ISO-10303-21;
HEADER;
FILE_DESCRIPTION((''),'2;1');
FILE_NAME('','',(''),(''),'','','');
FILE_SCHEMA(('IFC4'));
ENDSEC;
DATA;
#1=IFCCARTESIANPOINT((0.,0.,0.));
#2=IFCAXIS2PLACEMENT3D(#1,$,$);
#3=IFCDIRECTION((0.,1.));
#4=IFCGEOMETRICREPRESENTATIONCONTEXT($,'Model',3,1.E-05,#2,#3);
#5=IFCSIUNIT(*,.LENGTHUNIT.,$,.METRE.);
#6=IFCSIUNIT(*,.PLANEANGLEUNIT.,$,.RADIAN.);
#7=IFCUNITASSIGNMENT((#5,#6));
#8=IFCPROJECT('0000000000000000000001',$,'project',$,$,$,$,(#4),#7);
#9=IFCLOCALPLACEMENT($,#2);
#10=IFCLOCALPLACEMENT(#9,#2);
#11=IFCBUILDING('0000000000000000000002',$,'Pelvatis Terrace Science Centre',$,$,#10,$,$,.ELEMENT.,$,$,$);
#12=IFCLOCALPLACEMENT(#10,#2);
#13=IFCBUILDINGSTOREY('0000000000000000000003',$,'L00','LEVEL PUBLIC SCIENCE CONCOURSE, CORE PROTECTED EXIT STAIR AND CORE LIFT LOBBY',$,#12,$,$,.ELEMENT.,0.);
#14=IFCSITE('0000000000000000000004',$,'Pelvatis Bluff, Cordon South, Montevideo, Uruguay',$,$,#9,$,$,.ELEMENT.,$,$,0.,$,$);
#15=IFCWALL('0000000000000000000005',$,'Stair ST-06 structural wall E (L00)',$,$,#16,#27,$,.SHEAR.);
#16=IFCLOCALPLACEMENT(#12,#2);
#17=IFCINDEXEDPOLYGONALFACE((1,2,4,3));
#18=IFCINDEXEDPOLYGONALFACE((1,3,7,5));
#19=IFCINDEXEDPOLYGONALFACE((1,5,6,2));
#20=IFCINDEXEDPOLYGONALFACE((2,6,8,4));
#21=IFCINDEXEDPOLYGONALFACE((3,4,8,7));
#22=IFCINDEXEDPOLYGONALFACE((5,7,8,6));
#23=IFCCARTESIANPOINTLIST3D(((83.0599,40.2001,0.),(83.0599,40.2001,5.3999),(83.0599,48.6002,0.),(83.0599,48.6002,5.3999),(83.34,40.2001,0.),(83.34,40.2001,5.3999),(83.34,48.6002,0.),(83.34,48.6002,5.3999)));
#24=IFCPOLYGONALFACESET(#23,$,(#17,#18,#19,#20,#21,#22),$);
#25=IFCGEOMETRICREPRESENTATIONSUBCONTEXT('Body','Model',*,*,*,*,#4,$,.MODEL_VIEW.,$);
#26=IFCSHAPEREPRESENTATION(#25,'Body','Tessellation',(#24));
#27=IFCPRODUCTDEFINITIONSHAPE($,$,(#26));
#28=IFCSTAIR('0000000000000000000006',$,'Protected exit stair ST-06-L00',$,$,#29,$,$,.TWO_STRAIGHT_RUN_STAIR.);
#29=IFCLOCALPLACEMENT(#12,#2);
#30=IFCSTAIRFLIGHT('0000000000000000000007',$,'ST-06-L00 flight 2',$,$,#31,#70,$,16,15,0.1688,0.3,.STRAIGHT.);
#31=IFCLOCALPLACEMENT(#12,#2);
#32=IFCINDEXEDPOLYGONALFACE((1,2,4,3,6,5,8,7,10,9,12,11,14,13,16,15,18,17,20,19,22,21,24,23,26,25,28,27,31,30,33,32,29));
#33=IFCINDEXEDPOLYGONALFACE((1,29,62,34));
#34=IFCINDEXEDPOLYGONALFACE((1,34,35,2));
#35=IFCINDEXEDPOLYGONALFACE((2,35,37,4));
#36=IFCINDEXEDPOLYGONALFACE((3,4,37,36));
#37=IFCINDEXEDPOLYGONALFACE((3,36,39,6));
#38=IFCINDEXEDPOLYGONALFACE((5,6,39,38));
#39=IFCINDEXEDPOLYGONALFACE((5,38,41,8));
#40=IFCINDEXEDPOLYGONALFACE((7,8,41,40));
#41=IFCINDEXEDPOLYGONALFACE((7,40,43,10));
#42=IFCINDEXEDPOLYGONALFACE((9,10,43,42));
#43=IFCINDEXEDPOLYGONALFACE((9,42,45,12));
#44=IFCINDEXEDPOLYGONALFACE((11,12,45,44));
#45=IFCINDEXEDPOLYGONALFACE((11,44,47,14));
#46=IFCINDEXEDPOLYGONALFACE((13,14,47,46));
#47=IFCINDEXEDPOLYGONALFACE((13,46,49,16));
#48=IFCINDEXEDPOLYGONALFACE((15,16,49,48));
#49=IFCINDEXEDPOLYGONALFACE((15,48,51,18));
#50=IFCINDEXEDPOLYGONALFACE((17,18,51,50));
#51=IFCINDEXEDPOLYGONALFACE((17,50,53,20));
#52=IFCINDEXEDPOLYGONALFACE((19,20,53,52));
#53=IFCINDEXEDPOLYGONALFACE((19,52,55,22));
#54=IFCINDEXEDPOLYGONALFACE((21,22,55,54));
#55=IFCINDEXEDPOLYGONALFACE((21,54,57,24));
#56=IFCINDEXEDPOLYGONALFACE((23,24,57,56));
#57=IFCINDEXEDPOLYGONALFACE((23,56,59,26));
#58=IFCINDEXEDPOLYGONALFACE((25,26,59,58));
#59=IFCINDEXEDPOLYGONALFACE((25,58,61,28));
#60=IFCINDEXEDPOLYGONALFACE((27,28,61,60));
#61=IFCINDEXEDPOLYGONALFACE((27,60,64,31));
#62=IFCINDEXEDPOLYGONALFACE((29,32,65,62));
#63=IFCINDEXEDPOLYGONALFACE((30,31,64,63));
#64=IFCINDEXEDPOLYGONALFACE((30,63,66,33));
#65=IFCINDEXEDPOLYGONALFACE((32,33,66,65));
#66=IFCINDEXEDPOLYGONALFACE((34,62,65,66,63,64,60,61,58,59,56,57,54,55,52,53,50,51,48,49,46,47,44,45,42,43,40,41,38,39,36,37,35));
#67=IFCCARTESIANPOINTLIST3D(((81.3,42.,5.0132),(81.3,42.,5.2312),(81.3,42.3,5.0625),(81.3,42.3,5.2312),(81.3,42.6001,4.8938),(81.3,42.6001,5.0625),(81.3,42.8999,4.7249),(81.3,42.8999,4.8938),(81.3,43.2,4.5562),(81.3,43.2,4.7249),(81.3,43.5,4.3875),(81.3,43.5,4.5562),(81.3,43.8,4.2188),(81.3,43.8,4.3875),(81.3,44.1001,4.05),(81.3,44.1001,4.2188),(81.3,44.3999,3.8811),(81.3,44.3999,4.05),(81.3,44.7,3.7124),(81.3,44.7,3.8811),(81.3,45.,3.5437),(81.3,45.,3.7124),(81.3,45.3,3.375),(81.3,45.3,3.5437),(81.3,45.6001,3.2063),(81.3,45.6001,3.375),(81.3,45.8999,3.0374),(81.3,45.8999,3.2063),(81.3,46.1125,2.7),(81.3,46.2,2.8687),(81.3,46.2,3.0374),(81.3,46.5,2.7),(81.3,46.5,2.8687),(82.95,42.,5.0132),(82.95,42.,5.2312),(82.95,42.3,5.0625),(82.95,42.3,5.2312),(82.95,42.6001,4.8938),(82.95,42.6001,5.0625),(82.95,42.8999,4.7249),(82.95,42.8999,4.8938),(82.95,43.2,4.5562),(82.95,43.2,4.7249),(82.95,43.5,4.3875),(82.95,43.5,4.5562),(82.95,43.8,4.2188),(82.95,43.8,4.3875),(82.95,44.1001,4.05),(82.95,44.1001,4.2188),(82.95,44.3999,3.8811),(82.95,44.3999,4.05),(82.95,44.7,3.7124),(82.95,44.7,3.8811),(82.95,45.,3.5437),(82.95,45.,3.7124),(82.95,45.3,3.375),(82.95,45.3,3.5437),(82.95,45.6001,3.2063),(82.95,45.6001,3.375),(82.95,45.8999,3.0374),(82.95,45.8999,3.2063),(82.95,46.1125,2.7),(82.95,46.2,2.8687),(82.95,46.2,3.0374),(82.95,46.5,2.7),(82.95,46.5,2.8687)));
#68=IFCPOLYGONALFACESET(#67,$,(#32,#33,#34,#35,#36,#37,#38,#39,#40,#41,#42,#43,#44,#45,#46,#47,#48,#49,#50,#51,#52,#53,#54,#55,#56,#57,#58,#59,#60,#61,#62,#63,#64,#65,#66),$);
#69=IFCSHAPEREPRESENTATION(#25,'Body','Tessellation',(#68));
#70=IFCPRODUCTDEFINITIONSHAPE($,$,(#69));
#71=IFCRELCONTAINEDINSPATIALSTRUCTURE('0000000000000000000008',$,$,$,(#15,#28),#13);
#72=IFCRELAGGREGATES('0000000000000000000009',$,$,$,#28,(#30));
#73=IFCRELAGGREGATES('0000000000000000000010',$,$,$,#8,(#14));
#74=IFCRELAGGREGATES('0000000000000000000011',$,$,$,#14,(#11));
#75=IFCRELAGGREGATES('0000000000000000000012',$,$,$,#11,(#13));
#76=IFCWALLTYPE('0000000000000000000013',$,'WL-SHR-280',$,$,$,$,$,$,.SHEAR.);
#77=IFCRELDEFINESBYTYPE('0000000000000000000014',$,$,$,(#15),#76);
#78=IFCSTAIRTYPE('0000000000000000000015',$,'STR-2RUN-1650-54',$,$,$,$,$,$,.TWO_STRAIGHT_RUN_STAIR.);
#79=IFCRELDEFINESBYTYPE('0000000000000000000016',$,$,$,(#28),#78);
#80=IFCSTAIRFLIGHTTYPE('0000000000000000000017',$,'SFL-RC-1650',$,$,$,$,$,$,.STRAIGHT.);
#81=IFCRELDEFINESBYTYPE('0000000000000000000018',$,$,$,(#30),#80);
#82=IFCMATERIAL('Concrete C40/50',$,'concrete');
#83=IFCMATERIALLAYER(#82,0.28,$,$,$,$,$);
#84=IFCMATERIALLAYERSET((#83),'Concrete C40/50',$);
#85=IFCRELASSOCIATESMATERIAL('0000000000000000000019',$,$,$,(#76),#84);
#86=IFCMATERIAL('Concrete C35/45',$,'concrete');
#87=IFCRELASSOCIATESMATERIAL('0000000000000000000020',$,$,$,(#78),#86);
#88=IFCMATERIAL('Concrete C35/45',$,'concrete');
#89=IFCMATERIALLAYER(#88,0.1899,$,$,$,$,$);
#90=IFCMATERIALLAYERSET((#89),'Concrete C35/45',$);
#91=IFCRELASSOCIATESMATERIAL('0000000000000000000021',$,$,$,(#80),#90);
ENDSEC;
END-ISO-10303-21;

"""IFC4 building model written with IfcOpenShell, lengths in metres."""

from ifc_helpers import new_model, si_unit, direction, frame, frame_2d, origin, place, context, subcontext, project, spatial, polyline, rectangle, outline, extrude, material, layer, layer_set, type_object, element, aggregate, save


model = new_model("IFC4")

# Units and contexts
model_context = context("Model", 3, precision=1e-05, world=origin(), true_north=direction((0.0, 1.0)))
body_context = subcontext(model_context, "Body", "Model", "MODEL_VIEW")
ifc_project = project(units=[si_unit("LENGTHUNIT", "METRE"), si_unit("PLANEANGLEUNIT", "RADIAN")], contexts=[model_context])

# Site, building, storey
site_placement = place(None, origin())
site = spatial("IfcSite", under=ifc_project, at=site_placement, Name="Pelvatis Bluff, Cordon South, Montevideo, Uruguay", CompositionType="ELEMENT", RefElevation=0.0)
building_placement = place(site_placement, origin())
building = spatial("IfcBuilding", under=site, at=building_placement, Name="Pelvatis Terrace Science Centre", CompositionType="ELEMENT")
storey_placement = place(building_placement, origin())
storey = spatial("IfcBuildingStorey", under=building, at=storey_placement, Name="L00", Description="LEVEL PUBLIC SCIENCE CONCOURSE, CORE PROTECTED EXIT STAIR AND CORE LIFT LOBBY", CompositionType="ELEMENT", Elevation=0.0)

# Wall
ifc_material_1 = material(Name="Concrete C40/50", Category="concrete")
ifc_layer_1 = layer(ifc_material_1, 0.28)
ifc_layer_set_1 = layer_set([ifc_layer_1], Name="Concrete C40/50")
wall_type = type_object("IfcWallType", Name="WL-SHR-280", PredefinedType="SHEAR", material=ifc_layer_set_1)
wall_placement = place(storey_placement, frame((83.2, 40.2, 0.0), z_axis=(0.0, 0.0, 1.0), x_axis=(0.0, 1.0, 0.0)))
element("IfcWall", 1, at=wall_placement, inside=storey, type_object=wall_type, Name="Stair ST-06 structural wall E (L00)", PredefinedType="SHEAR", context=body_context, shape_type="SweptSolid", body=[
    extrude(rectangle(XDim=8.4001, YDim=0.28, at=frame_2d((4.2002, 0.0))), origin(), (0.0, 0.0, 1.0), 5.3999),
])

# Stair, stair flight
ifc_material_2 = material(Name="Concrete C35/45", Category="concrete")
stair_type = type_object("IfcStairType", Name="STR-2RUN-1650-54", PredefinedType="TWO_STRAIGHT_RUN_STAIR", material=ifc_material_2)
stair_placement = place(storey_placement, origin())
stair = element("IfcStair", 2, at=stair_placement, inside=storey, type_object=stair_type, Name="Protected exit stair ST-06-L00", PredefinedType="TWO_STRAIGHT_RUN_STAIR")
ifc_material_3 = material(Name="Concrete C35/45", Category="concrete")
ifc_layer_2 = layer(ifc_material_3, 0.1899)
ifc_layer_set_2 = layer_set([ifc_layer_2], Name="Concrete C35/45")
stair_flight_type = type_object("IfcStairFlightType", Name="SFL-RC-1650", PredefinedType="STRAIGHT", material=ifc_layer_set_2)
stair_flight_placement = place(storey_placement, frame((82.125, 46.5, 2.7), z_axis=(0.0, 0.0, 1.0), x_axis=(0.0, -1.0, 0.0)))
stair_flight = element("IfcStairFlight", 3, at=stair_flight_placement, type_object=stair_flight_type, Name="ST-06-L00 flight 2", NumberOfRisers=16, NumberOfTreads=15, PredefinedType="STRAIGHT", RiserHeight=0.1688, TreadLength=0.3, context=body_context, shape_type="SweptSolid", body=[
    extrude(outline(polyline([(0.0, 0.0), (0.0, 0.1687), (0.3, 0.1687), (0.3, 0.3374), (0.6001, 0.3374), (0.6001, 0.5063), (0.8999, 0.5063), (0.8999, 0.675), (1.2, 0.675), (1.2, 0.8438), (1.5, 0.8438), (1.5, 1.0125), (1.8, 1.0125), (1.8, 1.1812), (2.1001, 1.1812), (2.1001, 1.3501), (2.3999, 1.3501), (2.3999, 1.5188), (2.7, 1.5188), (2.7, 1.6875), (3.0, 1.6875), (3.0, 1.8562), (3.3, 1.8562), (3.3, 2.0249), (3.6001, 2.0249), (3.6001, 2.1938), (3.8999, 2.1938), (3.8999, 2.3625), (4.2, 2.3625), (4.2, 2.5312), (4.5, 2.5312), (4.5, 2.7), (4.5, 2.3132), (0.3875, 0.0), (0.0, 0.0)])), frame((0.0, 0.825, 0.0), z_axis=(0.0, -1.0, 0.0), x_axis=(1.0, 0.0, 0.0)), (0.0, 0.0, 1.0), 1.6499),
])
aggregate(stair, [stair_flight])

save(model, "model.ifc")
